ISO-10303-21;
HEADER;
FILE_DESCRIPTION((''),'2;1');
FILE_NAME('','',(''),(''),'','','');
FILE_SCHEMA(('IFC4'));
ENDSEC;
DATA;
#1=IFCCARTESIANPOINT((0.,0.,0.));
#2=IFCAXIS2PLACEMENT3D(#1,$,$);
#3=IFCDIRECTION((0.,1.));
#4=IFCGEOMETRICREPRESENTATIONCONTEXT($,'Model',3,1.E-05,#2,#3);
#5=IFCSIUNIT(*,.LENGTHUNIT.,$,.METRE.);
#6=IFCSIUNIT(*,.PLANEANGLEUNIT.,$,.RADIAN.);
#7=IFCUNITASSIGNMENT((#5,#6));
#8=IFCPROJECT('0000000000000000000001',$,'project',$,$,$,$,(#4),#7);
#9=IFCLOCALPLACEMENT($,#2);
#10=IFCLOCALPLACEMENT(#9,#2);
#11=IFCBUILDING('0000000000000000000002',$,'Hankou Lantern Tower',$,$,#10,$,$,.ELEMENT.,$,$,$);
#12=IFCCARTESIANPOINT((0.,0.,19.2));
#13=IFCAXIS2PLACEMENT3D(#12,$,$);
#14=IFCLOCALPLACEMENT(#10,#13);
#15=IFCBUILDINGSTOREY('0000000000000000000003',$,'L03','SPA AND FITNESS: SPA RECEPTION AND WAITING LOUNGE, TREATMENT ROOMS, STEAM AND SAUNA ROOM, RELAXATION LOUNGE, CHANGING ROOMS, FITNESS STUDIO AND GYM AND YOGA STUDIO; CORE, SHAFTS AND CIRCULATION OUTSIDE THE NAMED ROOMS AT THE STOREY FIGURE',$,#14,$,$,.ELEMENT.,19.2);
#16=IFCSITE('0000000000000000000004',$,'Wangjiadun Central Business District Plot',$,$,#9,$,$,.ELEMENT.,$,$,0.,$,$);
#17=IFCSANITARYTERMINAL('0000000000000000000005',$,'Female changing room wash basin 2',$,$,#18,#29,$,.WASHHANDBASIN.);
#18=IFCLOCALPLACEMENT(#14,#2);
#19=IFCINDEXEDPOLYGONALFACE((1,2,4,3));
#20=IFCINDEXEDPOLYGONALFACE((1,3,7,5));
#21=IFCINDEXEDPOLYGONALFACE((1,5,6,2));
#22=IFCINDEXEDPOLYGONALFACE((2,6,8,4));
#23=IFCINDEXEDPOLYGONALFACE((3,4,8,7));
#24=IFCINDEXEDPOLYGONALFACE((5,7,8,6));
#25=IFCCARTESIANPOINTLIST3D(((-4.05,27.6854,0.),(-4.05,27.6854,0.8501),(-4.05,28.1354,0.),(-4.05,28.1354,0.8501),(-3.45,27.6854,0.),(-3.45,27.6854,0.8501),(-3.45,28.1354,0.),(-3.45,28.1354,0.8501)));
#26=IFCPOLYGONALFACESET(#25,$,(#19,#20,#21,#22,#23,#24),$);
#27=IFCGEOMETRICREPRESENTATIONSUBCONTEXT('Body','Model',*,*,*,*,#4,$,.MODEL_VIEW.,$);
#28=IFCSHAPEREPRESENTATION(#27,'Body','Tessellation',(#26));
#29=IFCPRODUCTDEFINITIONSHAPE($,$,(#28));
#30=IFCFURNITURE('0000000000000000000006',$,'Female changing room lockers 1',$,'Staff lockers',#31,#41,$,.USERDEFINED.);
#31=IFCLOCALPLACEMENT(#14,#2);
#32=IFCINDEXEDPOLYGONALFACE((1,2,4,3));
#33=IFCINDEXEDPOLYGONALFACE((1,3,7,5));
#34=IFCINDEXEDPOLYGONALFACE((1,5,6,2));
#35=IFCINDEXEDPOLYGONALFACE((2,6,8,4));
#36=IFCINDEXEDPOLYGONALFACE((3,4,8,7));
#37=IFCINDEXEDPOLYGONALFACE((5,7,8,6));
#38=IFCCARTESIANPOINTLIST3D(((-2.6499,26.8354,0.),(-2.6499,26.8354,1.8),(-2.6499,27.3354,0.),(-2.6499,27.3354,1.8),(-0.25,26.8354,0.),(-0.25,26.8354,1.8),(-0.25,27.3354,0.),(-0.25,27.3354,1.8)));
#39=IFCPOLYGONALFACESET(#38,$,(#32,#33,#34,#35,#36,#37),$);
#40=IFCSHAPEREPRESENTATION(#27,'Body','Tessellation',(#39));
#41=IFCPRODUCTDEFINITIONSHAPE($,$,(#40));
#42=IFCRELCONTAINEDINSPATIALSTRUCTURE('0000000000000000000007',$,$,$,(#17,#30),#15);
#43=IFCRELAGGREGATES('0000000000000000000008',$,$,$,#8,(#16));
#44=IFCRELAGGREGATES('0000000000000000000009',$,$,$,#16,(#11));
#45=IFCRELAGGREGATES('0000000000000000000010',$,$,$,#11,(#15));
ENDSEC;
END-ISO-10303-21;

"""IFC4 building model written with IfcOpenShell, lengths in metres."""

from ifc_helpers import new_model, si_unit, direction, frame, origin, origin_2d, place, context, subcontext, project, spatial, rectangle, extrude, element, save


model = new_model("IFC4")

# Units and contexts
model_context = context("Model", 3, precision=1e-05, world=origin(), true_north=direction((0.0, 1.0)))
body_context = subcontext(model_context, "Body", "Model", "MODEL_VIEW")
ifc_project = project(units=[si_unit("LENGTHUNIT", "METRE"), si_unit("PLANEANGLEUNIT", "RADIAN")], contexts=[model_context])

# Site, building, storey
site_placement = place(None, origin())
site = spatial("IfcSite", under=ifc_project, at=site_placement, Name="Wangjiadun Central Business District Plot", CompositionType="ELEMENT", RefElevation=0.0)
building_placement = place(site_placement, origin())
building = spatial("IfcBuilding", under=site, at=building_placement, Name="Hankou Lantern Tower", CompositionType="ELEMENT")
storey_placement = place(building_placement, frame((0.0, 0.0, 19.2)))
storey = spatial("IfcBuildingStorey", under=building, at=storey_placement, Name="L03", Description="SPA AND FITNESS: SPA RECEPTION AND WAITING LOUNGE, TREATMENT ROOMS, STEAM AND SAUNA ROOM, RELAXATION LOUNGE, CHANGING ROOMS, FITNESS STUDIO AND GYM AND YOGA STUDIO; CORE, SHAFTS AND CIRCULATION OUTSIDE THE NAMED ROOMS AT THE STOREY FIGURE", CompositionType="ELEMENT", Elevation=19.2)

# Sanitary terminal
for number, where, z_axis, x_axis, name in (
    (1, (-3.75, 27.9104, 0.0), (0.0, 0.0, 1.0), (-1.0, 0.0, 0.0), "Female changing room wash basin 2"),
):
    element("IfcSanitaryTerminal", number, at=place(storey_placement, frame(where, z_axis=z_axis, x_axis=x_axis)), inside=storey, Name=name, PredefinedType="WASHHANDBASIN", context=body_context, shape_type="SweptSolid", body=[
        extrude(rectangle(XDim=0.6001, YDim=0.45, at=origin_2d()), origin(), (0.0, 0.0, 1.0), 0.8501),
    ])

# Furniture
furniture_placement = place(storey_placement, frame((-1.45, 27.0854, 0.0), z_axis=(0.0, 0.0, 1.0), x_axis=(-1.0, 0.0, 0.0)))
element("IfcFurniture", 2, at=furniture_placement, inside=storey, Name="Female changing room lockers 1", ObjectType="Staff lockers", PredefinedType="USERDEFINED", context=body_context, shape_type="SweptSolid", body=[
    extrude(rectangle(XDim=2.3999, YDim=0.5, at=origin_2d()), origin(), (0.0, 0.0, 1.0), 1.8),
])

save(model, "model.ifc")
